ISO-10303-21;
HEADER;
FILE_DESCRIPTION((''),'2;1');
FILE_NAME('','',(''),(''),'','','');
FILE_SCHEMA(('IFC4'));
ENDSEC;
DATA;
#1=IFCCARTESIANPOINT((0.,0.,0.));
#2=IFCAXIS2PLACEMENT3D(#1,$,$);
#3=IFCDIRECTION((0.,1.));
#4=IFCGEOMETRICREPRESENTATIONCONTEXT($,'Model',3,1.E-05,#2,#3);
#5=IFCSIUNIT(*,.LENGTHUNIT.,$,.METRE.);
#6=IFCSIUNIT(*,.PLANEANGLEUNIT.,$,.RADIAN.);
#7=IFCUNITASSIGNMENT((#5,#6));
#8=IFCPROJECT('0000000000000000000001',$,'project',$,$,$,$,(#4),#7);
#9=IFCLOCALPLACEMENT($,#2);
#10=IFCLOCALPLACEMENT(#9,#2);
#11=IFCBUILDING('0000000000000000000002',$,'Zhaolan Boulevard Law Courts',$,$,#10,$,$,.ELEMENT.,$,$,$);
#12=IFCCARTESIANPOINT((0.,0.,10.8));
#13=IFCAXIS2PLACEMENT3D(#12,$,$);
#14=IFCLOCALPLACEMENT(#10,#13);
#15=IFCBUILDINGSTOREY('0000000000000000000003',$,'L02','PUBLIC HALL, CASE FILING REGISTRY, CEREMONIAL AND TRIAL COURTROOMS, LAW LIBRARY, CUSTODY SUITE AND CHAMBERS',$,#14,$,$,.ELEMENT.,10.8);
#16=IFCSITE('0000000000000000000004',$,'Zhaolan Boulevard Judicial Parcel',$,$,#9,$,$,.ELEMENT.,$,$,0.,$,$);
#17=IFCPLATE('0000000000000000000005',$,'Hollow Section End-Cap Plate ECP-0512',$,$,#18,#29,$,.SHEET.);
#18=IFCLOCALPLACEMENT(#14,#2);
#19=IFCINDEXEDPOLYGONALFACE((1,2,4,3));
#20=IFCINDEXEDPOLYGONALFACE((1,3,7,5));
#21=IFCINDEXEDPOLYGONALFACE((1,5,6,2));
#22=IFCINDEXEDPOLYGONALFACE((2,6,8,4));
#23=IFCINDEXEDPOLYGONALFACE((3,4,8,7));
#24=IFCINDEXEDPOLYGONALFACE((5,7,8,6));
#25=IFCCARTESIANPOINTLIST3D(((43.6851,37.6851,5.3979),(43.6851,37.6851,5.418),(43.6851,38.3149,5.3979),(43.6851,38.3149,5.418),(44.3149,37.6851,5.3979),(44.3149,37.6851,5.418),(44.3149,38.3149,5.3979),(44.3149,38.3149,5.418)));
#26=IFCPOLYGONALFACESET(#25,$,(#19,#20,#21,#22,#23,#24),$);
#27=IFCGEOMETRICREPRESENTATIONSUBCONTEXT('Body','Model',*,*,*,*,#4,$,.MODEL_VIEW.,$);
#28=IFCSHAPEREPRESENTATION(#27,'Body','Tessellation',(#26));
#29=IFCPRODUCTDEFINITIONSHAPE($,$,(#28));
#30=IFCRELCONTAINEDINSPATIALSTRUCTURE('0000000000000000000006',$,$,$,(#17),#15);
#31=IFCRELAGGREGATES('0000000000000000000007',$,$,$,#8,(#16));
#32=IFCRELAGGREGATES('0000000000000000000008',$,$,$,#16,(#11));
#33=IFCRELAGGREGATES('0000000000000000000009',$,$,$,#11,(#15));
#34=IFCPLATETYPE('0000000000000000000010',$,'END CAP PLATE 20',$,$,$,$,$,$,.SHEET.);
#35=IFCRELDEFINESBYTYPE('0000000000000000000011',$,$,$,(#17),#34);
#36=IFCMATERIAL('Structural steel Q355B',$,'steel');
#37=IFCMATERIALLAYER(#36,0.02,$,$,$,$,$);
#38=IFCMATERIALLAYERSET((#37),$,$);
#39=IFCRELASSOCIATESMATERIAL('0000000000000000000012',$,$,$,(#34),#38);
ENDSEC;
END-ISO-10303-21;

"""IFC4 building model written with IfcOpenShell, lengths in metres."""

from ifc_helpers import new_model, si_unit, direction, frame, origin, origin_2d, place, context, subcontext, project, spatial, rectangle, extrude, material, layer, layer_set, type_object, element, save


model = new_model("IFC4")

# Units and contexts
model_context = context("Model", 3, precision=1e-05, world=origin(), true_north=direction((0.0, 1.0)))
body_context = subcontext(model_context, "Body", "Model", "MODEL_VIEW")
ifc_project = project(units=[si_unit("LENGTHUNIT", "METRE"), si_unit("PLANEANGLEUNIT", "RADIAN")], contexts=[model_context])

# Site, building, storey
site_placement = place(None, origin())
site = spatial("IfcSite", under=ifc_project, at=site_placement, Name="Zhaolan Boulevard Judicial Parcel", CompositionType="ELEMENT", RefElevation=0.0)
building_placement = place(site_placement, origin())
building = spatial("IfcBuilding", under=site, at=building_placement, Name="Zhaolan Boulevard Law Courts", CompositionType="ELEMENT")
storey_placement = place(building_placement, frame((0.0, 0.0, 10.8)))
storey = spatial("IfcBuildingStorey", under=building, at=storey_placement, Name="L02", Description="PUBLIC HALL, CASE FILING REGISTRY, CEREMONIAL AND TRIAL COURTROOMS, LAW LIBRARY, CUSTODY SUITE AND CHAMBERS", CompositionType="ELEMENT", Elevation=10.8)

# Plate
ifc_material_1 = material(Name="Structural steel Q355B", Category="steel")
ifc_layer_1 = layer(ifc_material_1, 0.02)
ifc_layer_set_1 = layer_set([ifc_layer_1])
plate_type_1 = type_object("IfcPlateType", Name="END CAP PLATE 20", PredefinedType="SHEET", material=ifc_layer_set_1)
for number, where, z_axis, x_axis, name in (
    (1, (44.0, 38.0, 5.3979), (0.0, 0.0, 1.0), (1.0, 0.0, 0.0), "Hollow Section End-Cap Plate ECP-0512"),
):
    element("IfcPlate", number, at=place(storey_placement, frame(where, z_axis=z_axis, x_axis=x_axis)), inside=storey, type_object=plate_type_1, Name=name, PredefinedType="SHEET", context=body_context, shape_type="SweptSolid", body=[
        extrude(rectangle(XDim=0.6299, YDim=0.6299, at=origin_2d()), origin(), (0.0, 0.0, 1.0), 0.02),
    ])

save(model, "model.ifc")
